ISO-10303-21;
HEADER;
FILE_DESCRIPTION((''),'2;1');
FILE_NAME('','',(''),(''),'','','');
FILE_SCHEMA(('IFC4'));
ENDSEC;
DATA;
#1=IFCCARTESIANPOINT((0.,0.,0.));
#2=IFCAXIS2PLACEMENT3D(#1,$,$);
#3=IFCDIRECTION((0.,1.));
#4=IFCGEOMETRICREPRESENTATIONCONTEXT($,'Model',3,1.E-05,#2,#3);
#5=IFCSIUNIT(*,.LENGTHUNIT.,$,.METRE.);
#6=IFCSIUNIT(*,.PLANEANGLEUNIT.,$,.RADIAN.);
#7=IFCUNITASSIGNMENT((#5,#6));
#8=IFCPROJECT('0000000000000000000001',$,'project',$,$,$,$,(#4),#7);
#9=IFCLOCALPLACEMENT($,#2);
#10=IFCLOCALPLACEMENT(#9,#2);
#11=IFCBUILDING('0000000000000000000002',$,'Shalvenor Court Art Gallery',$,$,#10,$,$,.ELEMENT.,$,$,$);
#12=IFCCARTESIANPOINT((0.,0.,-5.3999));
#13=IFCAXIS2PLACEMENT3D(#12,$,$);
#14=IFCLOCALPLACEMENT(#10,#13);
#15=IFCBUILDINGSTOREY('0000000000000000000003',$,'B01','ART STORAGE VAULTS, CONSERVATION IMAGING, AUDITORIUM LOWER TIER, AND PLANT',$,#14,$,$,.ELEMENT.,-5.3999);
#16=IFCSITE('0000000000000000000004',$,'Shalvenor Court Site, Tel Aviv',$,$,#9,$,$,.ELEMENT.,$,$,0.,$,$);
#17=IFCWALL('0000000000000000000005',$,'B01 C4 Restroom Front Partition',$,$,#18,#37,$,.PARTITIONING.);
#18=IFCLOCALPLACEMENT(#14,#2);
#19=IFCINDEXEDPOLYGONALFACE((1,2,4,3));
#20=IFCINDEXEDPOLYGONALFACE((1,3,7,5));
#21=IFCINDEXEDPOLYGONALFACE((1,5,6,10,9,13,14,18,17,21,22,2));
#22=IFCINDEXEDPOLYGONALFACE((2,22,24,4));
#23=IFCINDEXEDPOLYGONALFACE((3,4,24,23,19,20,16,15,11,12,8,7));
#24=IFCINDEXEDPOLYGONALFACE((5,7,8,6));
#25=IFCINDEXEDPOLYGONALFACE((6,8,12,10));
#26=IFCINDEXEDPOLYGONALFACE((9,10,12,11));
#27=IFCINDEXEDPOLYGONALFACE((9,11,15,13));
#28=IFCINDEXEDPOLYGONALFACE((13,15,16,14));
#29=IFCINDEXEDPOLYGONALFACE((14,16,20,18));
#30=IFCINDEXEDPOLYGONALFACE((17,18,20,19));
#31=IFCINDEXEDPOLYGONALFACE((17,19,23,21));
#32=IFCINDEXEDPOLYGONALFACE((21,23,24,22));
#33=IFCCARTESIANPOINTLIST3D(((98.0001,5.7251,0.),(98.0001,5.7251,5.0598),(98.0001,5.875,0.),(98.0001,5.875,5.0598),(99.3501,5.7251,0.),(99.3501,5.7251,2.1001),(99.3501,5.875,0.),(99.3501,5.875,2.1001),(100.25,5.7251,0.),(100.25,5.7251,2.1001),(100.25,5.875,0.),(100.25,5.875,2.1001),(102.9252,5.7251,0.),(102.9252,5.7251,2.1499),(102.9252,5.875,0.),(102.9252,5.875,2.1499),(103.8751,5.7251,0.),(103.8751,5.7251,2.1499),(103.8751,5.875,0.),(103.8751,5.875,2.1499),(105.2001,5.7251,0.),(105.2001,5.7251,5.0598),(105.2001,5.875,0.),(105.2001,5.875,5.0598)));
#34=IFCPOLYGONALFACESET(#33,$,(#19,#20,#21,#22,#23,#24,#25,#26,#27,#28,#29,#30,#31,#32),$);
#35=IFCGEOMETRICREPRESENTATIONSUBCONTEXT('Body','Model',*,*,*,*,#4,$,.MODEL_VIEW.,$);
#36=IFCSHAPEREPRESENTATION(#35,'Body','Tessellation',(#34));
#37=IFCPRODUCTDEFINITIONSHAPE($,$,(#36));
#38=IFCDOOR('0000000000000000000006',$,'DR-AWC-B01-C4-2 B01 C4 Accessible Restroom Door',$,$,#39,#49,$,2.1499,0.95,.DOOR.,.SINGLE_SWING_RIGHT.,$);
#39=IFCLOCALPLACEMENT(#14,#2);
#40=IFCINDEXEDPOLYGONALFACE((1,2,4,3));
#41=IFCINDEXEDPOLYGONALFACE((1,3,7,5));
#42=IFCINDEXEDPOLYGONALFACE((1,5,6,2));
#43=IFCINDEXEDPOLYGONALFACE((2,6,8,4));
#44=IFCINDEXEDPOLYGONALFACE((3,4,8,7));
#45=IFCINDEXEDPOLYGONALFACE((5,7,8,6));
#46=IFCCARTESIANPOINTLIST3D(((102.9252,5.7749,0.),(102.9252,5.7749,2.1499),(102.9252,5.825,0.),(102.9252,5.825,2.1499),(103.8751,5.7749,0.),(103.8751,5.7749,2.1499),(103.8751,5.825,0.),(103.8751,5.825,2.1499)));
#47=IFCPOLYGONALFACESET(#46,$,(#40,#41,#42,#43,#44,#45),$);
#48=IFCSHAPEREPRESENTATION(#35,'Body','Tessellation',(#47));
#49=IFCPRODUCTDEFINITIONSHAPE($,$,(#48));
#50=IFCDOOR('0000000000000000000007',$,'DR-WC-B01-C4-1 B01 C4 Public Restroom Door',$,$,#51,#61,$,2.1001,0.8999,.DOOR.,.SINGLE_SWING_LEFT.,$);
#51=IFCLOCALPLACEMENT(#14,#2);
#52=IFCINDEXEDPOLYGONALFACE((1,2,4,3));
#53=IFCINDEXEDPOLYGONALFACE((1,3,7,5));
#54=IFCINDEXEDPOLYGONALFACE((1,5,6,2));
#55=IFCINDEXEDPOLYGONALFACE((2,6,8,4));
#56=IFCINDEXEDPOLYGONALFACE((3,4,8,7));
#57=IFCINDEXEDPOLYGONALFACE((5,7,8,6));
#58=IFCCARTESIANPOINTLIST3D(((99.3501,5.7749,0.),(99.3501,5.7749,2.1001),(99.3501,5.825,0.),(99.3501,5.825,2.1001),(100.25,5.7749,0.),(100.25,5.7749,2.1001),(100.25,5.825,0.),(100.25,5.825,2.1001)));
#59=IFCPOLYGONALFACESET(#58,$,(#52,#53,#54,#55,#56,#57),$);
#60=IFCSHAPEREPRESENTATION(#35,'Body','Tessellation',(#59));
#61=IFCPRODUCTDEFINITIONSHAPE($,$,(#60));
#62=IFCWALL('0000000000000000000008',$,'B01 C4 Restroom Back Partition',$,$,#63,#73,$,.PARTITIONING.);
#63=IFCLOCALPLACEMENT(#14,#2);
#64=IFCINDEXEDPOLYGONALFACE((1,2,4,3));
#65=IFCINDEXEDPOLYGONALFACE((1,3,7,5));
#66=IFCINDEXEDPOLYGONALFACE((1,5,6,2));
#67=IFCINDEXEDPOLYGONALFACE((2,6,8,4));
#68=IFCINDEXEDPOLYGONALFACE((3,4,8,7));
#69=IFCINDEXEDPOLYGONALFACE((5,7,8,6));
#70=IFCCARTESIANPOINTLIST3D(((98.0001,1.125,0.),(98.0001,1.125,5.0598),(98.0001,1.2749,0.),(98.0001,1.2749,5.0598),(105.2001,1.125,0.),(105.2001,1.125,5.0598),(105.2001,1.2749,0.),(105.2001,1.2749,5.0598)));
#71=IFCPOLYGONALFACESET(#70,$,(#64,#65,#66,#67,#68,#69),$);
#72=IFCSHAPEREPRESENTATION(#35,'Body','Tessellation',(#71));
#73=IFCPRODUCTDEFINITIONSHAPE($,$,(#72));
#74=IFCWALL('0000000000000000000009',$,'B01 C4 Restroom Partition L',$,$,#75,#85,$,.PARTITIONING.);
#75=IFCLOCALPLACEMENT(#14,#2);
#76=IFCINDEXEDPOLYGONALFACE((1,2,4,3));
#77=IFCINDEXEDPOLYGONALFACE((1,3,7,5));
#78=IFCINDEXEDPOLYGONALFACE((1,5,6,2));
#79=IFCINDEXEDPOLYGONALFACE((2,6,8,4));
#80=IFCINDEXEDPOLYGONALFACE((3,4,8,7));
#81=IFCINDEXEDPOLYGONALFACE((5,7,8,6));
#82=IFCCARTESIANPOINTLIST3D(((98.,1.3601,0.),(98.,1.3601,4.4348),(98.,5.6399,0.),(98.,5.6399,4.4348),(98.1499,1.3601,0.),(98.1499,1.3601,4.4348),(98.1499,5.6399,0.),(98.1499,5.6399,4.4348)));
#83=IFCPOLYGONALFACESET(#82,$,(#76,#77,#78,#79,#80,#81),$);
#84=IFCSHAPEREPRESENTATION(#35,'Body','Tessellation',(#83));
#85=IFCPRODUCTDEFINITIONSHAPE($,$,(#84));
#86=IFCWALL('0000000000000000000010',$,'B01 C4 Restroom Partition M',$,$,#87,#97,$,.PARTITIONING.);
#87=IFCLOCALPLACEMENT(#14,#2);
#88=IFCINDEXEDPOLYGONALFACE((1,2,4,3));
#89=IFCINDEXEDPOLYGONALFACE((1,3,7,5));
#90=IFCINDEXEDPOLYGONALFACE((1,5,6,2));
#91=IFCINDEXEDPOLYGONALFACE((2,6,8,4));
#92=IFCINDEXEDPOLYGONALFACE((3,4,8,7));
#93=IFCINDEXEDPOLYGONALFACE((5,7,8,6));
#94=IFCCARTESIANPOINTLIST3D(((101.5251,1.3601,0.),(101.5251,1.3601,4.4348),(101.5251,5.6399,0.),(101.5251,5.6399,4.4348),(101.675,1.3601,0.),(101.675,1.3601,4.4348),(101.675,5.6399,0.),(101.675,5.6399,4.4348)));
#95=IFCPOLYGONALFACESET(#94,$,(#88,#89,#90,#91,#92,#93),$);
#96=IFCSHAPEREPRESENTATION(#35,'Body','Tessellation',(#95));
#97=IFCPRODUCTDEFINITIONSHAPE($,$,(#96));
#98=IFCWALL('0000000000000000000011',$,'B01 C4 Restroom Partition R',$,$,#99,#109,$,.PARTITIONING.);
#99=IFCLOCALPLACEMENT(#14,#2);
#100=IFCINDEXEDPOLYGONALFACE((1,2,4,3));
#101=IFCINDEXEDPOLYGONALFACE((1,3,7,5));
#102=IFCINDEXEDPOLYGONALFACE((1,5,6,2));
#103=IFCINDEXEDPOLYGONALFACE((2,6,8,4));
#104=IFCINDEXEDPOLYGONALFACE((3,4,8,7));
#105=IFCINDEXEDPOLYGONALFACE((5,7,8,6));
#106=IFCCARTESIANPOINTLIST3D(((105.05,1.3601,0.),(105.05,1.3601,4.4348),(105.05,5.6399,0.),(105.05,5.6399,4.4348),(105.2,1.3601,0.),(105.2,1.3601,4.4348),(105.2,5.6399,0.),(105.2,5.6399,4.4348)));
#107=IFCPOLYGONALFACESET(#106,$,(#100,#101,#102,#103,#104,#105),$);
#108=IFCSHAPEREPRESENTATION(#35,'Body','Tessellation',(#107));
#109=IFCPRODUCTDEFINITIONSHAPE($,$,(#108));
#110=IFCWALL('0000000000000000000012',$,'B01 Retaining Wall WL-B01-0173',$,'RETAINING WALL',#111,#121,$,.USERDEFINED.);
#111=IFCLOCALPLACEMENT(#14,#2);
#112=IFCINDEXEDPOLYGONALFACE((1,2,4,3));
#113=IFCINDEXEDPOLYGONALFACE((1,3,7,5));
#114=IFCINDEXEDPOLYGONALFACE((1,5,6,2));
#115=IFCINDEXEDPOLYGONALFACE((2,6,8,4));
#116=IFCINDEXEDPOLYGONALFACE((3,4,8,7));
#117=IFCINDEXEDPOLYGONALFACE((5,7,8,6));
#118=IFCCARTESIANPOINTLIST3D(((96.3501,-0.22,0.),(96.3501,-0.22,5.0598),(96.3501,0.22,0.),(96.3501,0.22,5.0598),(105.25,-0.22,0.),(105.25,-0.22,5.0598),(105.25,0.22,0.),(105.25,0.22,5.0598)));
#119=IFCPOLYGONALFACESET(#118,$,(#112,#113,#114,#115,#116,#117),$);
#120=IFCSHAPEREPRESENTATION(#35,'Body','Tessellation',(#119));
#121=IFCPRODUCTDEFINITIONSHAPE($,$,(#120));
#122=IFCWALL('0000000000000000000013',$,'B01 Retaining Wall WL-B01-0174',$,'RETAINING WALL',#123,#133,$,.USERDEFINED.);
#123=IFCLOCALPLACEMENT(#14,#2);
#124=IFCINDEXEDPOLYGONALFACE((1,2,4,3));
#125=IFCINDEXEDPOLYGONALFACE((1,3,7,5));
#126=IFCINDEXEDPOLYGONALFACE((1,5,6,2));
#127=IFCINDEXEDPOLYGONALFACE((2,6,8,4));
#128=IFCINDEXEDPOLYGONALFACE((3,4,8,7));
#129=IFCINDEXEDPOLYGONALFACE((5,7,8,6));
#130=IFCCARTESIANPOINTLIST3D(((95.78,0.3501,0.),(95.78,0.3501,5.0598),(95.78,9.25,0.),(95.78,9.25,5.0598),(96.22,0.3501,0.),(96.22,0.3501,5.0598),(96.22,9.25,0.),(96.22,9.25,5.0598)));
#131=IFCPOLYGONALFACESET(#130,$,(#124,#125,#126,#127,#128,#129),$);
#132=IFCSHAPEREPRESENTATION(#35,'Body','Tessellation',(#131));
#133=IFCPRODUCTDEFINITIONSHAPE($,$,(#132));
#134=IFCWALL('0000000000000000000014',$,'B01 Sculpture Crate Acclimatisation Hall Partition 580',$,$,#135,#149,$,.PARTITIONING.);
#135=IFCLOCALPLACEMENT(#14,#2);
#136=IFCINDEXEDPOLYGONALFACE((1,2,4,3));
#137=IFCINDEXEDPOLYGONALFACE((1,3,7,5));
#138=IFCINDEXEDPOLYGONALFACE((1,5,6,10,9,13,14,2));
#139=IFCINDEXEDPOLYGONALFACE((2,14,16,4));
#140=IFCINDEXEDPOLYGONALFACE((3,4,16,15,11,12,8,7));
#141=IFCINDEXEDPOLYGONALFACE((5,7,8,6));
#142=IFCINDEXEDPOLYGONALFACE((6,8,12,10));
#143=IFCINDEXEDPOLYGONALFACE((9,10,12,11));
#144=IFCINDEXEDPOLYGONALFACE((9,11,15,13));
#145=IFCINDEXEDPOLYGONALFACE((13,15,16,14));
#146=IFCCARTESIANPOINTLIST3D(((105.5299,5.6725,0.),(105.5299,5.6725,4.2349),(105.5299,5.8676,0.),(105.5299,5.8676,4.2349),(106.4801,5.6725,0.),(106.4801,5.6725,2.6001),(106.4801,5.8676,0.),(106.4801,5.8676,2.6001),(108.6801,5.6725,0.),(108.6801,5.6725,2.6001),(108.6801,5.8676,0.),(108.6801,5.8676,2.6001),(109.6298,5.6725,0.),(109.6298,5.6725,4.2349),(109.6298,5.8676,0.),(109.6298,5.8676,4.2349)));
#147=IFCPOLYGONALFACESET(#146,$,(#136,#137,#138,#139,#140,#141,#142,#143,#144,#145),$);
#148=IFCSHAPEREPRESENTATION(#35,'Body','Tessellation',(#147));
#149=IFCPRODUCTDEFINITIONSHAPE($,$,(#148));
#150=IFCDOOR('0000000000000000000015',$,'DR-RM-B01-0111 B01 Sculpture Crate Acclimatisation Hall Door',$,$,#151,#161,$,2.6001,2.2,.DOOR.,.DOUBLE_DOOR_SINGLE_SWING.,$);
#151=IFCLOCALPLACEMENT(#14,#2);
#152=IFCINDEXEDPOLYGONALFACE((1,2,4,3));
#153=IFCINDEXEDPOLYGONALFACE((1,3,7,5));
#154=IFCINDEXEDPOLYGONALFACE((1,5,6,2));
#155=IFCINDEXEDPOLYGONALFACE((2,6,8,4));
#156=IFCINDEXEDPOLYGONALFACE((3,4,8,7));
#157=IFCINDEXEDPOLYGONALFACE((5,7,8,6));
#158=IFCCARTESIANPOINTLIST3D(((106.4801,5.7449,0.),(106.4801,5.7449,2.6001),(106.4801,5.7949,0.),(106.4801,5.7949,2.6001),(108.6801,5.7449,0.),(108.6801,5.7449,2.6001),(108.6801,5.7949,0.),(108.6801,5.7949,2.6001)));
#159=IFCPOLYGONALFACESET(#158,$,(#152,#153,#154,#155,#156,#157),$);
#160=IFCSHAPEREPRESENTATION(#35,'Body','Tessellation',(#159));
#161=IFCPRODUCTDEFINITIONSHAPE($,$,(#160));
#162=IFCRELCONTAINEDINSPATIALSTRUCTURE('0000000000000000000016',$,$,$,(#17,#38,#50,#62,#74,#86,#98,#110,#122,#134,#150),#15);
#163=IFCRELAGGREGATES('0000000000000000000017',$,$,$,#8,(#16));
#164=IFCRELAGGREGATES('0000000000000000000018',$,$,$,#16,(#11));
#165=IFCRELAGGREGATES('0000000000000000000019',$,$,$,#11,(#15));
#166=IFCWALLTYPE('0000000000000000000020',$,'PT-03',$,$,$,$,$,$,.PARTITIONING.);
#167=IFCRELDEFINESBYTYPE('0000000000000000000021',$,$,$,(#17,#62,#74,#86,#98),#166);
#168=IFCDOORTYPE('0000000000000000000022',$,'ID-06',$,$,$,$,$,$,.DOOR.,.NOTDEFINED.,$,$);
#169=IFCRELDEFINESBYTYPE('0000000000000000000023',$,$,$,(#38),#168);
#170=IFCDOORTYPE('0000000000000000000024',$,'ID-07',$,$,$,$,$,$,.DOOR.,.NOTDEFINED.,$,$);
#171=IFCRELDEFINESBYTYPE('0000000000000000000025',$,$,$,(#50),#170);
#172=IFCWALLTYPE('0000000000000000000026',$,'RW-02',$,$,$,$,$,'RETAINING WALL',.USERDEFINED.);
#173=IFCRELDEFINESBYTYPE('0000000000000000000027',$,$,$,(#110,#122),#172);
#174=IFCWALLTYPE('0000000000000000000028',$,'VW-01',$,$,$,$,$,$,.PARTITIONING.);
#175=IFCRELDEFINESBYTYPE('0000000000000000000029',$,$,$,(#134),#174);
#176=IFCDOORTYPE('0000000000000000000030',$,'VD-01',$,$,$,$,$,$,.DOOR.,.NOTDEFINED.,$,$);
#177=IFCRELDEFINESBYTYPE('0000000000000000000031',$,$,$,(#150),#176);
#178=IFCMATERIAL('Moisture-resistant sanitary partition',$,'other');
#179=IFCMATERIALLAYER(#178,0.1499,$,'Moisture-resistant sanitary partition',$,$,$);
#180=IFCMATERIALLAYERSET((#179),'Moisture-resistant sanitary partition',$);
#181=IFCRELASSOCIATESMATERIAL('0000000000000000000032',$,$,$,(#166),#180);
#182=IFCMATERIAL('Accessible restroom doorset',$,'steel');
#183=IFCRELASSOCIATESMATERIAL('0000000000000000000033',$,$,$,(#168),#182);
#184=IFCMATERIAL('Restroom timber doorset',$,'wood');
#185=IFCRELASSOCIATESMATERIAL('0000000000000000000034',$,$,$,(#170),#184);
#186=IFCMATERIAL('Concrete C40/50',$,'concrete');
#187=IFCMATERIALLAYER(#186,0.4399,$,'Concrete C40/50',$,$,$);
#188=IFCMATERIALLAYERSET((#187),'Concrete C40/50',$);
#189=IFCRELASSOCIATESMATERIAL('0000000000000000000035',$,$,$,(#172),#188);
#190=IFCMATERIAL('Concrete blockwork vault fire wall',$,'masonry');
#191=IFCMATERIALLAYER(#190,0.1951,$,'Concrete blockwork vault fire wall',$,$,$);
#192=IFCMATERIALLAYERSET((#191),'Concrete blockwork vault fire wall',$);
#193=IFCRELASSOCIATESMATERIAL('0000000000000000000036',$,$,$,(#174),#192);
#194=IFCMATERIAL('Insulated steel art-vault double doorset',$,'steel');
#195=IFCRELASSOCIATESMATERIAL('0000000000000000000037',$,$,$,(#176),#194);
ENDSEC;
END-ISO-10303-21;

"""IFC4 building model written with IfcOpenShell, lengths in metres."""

from ifc_helpers import new_model, si_unit, direction, frame, frame_2d, origin, place, context, subcontext, project, spatial, rectangle, extrude, material, layer, layer_set, type_object, element, fill, save


model = new_model("IFC4")

# Units and contexts
model_context = context("Model", 3, precision=1e-05, world=origin(), true_north=direction((0.0, 1.0)))
body_context = subcontext(model_context, "Body", "Model", "MODEL_VIEW")
ifc_project = project(units=[si_unit("LENGTHUNIT", "METRE"), si_unit("PLANEANGLEUNIT", "RADIAN")], contexts=[model_context])

# Site, building, storey
site_placement = place(None, origin())
site = spatial("IfcSite", under=ifc_project, at=site_placement, Name="Shalvenor Court Site, Tel Aviv", CompositionType="ELEMENT", RefElevation=0.0)
building_placement = place(site_placement, origin())
building = spatial("IfcBuilding", under=site, at=building_placement, Name="Shalvenor Court Art Gallery", CompositionType="ELEMENT")
storey_placement = place(building_placement, frame((0.0, 0.0, -5.3999)))
storey = spatial("IfcBuildingStorey", under=building, at=storey_placement, Name="B01", Description="ART STORAGE VAULTS, CONSERVATION IMAGING, AUDITORIUM LOWER TIER, AND PLANT", CompositionType="ELEMENT", Elevation=-5.3999)

# Wall, openings, doors
ifc_material_1 = material(Name="Moisture-resistant sanitary partition", Category="other")
ifc_layer_1 = layer(ifc_material_1, 0.1499, Name="Moisture-resistant sanitary partition")
ifc_layer_set_1 = layer_set([ifc_layer_1], Name="Moisture-resistant sanitary partition")
wall_type_1 = type_object("IfcWallType", Name="PT-03", PredefinedType="PARTITIONING", material=ifc_layer_set_1)
wall_1_placement = place(storey_placement, frame((98.0, 5.8, 0.0), z_axis=(0.0, 0.0, 1.0), x_axis=(1.0, 0.0, 0.0)))
wall_1 = element("IfcWall", 1, at=wall_1_placement, inside=storey, type_object=wall_type_1, Name="B01 C4 Restroom Front Partition", PredefinedType="PARTITIONING", context=body_context, shape_type="SweptSolid", body=[
    extrude(rectangle(XDim=7.2, YDim=0.1499, at=frame_2d((3.6001, 0.0))), origin(), (0.0, 0.0, 1.0), 5.0598),
])
opening_1_placement = place(wall_1_placement, frame((1.3501, 0.0, 0.0)))
opening_1 = element("IfcOpeningElement", 2, at=opening_1_placement, cuts=wall_1, PredefinedType="OPENING", context=body_context, shape_type="SweptSolid", body=[
    extrude(rectangle(XDim=0.8999, YDim=2.1001, at=frame_2d((0.45, 1.05))), frame((0.0, 0.085, 0.0), z_axis=(0.0, -1.0, 0.0), x_axis=(1.0, 0.0, 0.0)), (0.0, 0.0, 1.0), 0.1699),
])
opening_2_placement = place(wall_1_placement, frame((4.925, 0.0, 0.0)))
opening_2 = element("IfcOpeningElement", 3, at=opening_2_placement, cuts=wall_1, PredefinedType="OPENING", context=body_context, shape_type="SweptSolid", body=[
    extrude(rectangle(XDim=0.95, YDim=2.1499, at=frame_2d((0.4751, 1.075))), frame((0.0, 0.085, 0.0), z_axis=(0.0, -1.0, 0.0), x_axis=(1.0, 0.0, 0.0)), (0.0, 0.0, 1.0), 0.1699),
])
ifc_material_2 = material(Name="Accessible restroom doorset", Category="steel")
door_type_1 = type_object("IfcDoorType", Name="ID-06", OperationType="NOTDEFINED", PredefinedType="DOOR", material=ifc_material_2)
door_1_placement = place(opening_2_placement, origin())
door_1 = element("IfcDoor", 4, at=door_1_placement, inside=storey, type_object=door_type_1, Name="DR-AWC-B01-C4-2 B01 C4 Accessible Restroom Door", OperationType="SINGLE_SWING_RIGHT", OverallHeight=2.1499, OverallWidth=0.95, PredefinedType="DOOR", context=body_context, shape_type="SweptSolid", body=[
    extrude(rectangle(XDim=0.95, YDim=2.1499, at=frame_2d((0.4751, 1.075))), frame((0.0, 0.0249, 0.0), z_axis=(0.0, -1.0, 0.0), x_axis=(1.0, 0.0, 0.0)), (0.0, 0.0, 1.0), 0.05),
])
fill(opening_2, door_1)
ifc_material_3 = material(Name="Restroom timber doorset", Category="wood")
door_type_2 = type_object("IfcDoorType", Name="ID-07", OperationType="NOTDEFINED", PredefinedType="DOOR", material=ifc_material_3)
door_2_placement = place(opening_1_placement, origin())
door_2 = element("IfcDoor", 5, at=door_2_placement, inside=storey, type_object=door_type_2, Name="DR-WC-B01-C4-1 B01 C4 Public Restroom Door", OperationType="SINGLE_SWING_LEFT", OverallHeight=2.1001, OverallWidth=0.8999, PredefinedType="DOOR", context=body_context, shape_type="SweptSolid", body=[
    extrude(rectangle(XDim=0.8999, YDim=2.1001, at=frame_2d((0.45, 1.05))), frame((0.0, 0.0249, 0.0), z_axis=(0.0, -1.0, 0.0), x_axis=(1.0, 0.0, 0.0)), (0.0, 0.0, 1.0), 0.05),
])
fill(opening_1, door_2)

# Walls
wall_2_placement = place(storey_placement, frame((98.0, 1.2, 0.0), z_axis=(0.0, 0.0, 1.0), x_axis=(1.0, 0.0, 0.0)))
element("IfcWall", 6, at=wall_2_placement, inside=storey, type_object=wall_type_1, Name="B01 C4 Restroom Back Partition", PredefinedType="PARTITIONING", context=body_context, shape_type="SweptSolid", body=[
    extrude(rectangle(XDim=7.2, YDim=0.1499, at=frame_2d((3.6001, 0.0))), origin(), (0.0, 0.0, 1.0), 5.0598),
])
for number, where, z_axis, x_axis, name in (
    (7, (98.075, 1.3601, 0.0), (0.0, 0.0, 1.0), (0.0, 1.0, 0.0), "B01 C4 Restroom Partition L"),
    (8, (101.6001, 1.3601, 0.0), (0.0, 0.0, 1.0), (0.0, 1.0, 0.0), "B01 C4 Restroom Partition M"),
    (9, (105.125, 1.3601, 0.0), (0.0, 0.0, 1.0), (0.0, 1.0, 0.0), "B01 C4 Restroom Partition R"),
):
    element("IfcWall", number, at=place(storey_placement, frame(where, z_axis=z_axis, x_axis=x_axis)), inside=storey, type_object=wall_type_1, Name=name, PredefinedType="PARTITIONING", context=body_context, shape_type="SweptSolid", body=[
        extrude(rectangle(XDim=4.2798, YDim=0.1499, at=frame_2d((2.1399, 0.0))), origin(), (0.0, 0.0, 1.0), 4.4348),
    ])
ifc_material_4 = material(Name="Concrete C40/50", Category="concrete")
ifc_layer_2 = layer(ifc_material_4, 0.4399, Name="Concrete C40/50")
ifc_layer_set_2 = layer_set([ifc_layer_2], Name="Concrete C40/50")
wall_type_2 = type_object("IfcWallType", Name="RW-02", ElementType="RETAINING WALL", PredefinedType="USERDEFINED", material=ifc_layer_set_2)
for number, where, z_axis, x_axis, name in (
    (10, (105.25, 0.0, 0.0), (0.0, 0.0, 1.0), (-1.0, 0.0, 0.0), "B01 Retaining Wall WL-B01-0173"),
    (11, (96.0, 0.3501, 0.0), (0.0, 0.0, 1.0), (0.0, 1.0, 0.0), "B01 Retaining Wall WL-B01-0174"),
):
    element("IfcWall", number, at=place(storey_placement, frame(where, z_axis=z_axis, x_axis=x_axis)), inside=storey, type_object=wall_type_2, Name=name, ObjectType="RETAINING WALL", PredefinedType="USERDEFINED", context=body_context, shape_type="SweptSolid", body=[
        extrude(rectangle(XDim=8.8999, YDim=0.4399, at=frame_2d((4.45, 0.0))), origin(), (0.0, 0.0, 1.0), 5.0598),
    ])

# Wall, opening, door
ifc_material_5 = material(Name="Concrete blockwork vault fire wall", Category="masonry")
ifc_layer_3 = layer(ifc_material_5, 0.1951, Name="Concrete blockwork vault fire wall")
ifc_layer_set_3 = layer_set([ifc_layer_3], Name="Concrete blockwork vault fire wall")
wall_type_3 = type_object("IfcWallType", Name="VW-01", PredefinedType="PARTITIONING", material=ifc_layer_set_3)
wall_3_placement = place(storey_placement, frame((105.53, 5.77, 0.0), z_axis=(0.0, 0.0, 1.0), x_axis=(1.0, 0.0, 0.0)))
wall_3 = element("IfcWall", 12, at=wall_3_placement, inside=storey, type_object=wall_type_3, Name="B01 Sculpture Crate Acclimatisation Hall Partition 580", PredefinedType="PARTITIONING", context=body_context, shape_type="SweptSolid", body=[
    extrude(rectangle(XDim=4.0999, YDim=0.1951, at=frame_2d((2.0498, 0.0))), origin(), (0.0, 0.0, 1.0), 4.2349),
])
opening_3_placement = place(wall_3_placement, frame((0.95, 0.0, 0.0)))
opening_3 = element("IfcOpeningElement", 13, at=opening_3_placement, cuts=wall_3, PredefinedType="OPENING", context=body_context, shape_type="SweptSolid", body=[
    extrude(rectangle(XDim=2.2, YDim=2.6001, at=frame_2d((1.1001, 1.3))), frame((0.0, 0.1074, 0.0), z_axis=(0.0, -1.0, 0.0), x_axis=(1.0, 0.0, 0.0)), (0.0, 0.0, 1.0), 0.2151),
])
ifc_material_6 = material(Name="Insulated steel art-vault double doorset", Category="steel")
door_type_3 = type_object("IfcDoorType", Name="VD-01", OperationType="NOTDEFINED", PredefinedType="DOOR", material=ifc_material_6)
door_3_placement = place(opening_3_placement, origin())
door_3 = element("IfcDoor", 14, at=door_3_placement, inside=storey, type_object=door_type_3, Name="DR-RM-B01-0111 B01 Sculpture Crate Acclimatisation Hall Door", OperationType="DOUBLE_DOOR_SINGLE_SWING", OverallHeight=2.6001, OverallWidth=2.2, PredefinedType="DOOR", context=body_context, shape_type="SweptSolid", body=[
    extrude(rectangle(XDim=2.2, YDim=2.6001, at=frame_2d((1.1001, 1.3))), frame((0.0, 0.0249, 0.0), z_axis=(0.0, -1.0, 0.0), x_axis=(1.0, 0.0, 0.0)), (0.0, 0.0, 1.0), 0.05),
])
fill(opening_3, door_3)

save(model, "model.ifc")
